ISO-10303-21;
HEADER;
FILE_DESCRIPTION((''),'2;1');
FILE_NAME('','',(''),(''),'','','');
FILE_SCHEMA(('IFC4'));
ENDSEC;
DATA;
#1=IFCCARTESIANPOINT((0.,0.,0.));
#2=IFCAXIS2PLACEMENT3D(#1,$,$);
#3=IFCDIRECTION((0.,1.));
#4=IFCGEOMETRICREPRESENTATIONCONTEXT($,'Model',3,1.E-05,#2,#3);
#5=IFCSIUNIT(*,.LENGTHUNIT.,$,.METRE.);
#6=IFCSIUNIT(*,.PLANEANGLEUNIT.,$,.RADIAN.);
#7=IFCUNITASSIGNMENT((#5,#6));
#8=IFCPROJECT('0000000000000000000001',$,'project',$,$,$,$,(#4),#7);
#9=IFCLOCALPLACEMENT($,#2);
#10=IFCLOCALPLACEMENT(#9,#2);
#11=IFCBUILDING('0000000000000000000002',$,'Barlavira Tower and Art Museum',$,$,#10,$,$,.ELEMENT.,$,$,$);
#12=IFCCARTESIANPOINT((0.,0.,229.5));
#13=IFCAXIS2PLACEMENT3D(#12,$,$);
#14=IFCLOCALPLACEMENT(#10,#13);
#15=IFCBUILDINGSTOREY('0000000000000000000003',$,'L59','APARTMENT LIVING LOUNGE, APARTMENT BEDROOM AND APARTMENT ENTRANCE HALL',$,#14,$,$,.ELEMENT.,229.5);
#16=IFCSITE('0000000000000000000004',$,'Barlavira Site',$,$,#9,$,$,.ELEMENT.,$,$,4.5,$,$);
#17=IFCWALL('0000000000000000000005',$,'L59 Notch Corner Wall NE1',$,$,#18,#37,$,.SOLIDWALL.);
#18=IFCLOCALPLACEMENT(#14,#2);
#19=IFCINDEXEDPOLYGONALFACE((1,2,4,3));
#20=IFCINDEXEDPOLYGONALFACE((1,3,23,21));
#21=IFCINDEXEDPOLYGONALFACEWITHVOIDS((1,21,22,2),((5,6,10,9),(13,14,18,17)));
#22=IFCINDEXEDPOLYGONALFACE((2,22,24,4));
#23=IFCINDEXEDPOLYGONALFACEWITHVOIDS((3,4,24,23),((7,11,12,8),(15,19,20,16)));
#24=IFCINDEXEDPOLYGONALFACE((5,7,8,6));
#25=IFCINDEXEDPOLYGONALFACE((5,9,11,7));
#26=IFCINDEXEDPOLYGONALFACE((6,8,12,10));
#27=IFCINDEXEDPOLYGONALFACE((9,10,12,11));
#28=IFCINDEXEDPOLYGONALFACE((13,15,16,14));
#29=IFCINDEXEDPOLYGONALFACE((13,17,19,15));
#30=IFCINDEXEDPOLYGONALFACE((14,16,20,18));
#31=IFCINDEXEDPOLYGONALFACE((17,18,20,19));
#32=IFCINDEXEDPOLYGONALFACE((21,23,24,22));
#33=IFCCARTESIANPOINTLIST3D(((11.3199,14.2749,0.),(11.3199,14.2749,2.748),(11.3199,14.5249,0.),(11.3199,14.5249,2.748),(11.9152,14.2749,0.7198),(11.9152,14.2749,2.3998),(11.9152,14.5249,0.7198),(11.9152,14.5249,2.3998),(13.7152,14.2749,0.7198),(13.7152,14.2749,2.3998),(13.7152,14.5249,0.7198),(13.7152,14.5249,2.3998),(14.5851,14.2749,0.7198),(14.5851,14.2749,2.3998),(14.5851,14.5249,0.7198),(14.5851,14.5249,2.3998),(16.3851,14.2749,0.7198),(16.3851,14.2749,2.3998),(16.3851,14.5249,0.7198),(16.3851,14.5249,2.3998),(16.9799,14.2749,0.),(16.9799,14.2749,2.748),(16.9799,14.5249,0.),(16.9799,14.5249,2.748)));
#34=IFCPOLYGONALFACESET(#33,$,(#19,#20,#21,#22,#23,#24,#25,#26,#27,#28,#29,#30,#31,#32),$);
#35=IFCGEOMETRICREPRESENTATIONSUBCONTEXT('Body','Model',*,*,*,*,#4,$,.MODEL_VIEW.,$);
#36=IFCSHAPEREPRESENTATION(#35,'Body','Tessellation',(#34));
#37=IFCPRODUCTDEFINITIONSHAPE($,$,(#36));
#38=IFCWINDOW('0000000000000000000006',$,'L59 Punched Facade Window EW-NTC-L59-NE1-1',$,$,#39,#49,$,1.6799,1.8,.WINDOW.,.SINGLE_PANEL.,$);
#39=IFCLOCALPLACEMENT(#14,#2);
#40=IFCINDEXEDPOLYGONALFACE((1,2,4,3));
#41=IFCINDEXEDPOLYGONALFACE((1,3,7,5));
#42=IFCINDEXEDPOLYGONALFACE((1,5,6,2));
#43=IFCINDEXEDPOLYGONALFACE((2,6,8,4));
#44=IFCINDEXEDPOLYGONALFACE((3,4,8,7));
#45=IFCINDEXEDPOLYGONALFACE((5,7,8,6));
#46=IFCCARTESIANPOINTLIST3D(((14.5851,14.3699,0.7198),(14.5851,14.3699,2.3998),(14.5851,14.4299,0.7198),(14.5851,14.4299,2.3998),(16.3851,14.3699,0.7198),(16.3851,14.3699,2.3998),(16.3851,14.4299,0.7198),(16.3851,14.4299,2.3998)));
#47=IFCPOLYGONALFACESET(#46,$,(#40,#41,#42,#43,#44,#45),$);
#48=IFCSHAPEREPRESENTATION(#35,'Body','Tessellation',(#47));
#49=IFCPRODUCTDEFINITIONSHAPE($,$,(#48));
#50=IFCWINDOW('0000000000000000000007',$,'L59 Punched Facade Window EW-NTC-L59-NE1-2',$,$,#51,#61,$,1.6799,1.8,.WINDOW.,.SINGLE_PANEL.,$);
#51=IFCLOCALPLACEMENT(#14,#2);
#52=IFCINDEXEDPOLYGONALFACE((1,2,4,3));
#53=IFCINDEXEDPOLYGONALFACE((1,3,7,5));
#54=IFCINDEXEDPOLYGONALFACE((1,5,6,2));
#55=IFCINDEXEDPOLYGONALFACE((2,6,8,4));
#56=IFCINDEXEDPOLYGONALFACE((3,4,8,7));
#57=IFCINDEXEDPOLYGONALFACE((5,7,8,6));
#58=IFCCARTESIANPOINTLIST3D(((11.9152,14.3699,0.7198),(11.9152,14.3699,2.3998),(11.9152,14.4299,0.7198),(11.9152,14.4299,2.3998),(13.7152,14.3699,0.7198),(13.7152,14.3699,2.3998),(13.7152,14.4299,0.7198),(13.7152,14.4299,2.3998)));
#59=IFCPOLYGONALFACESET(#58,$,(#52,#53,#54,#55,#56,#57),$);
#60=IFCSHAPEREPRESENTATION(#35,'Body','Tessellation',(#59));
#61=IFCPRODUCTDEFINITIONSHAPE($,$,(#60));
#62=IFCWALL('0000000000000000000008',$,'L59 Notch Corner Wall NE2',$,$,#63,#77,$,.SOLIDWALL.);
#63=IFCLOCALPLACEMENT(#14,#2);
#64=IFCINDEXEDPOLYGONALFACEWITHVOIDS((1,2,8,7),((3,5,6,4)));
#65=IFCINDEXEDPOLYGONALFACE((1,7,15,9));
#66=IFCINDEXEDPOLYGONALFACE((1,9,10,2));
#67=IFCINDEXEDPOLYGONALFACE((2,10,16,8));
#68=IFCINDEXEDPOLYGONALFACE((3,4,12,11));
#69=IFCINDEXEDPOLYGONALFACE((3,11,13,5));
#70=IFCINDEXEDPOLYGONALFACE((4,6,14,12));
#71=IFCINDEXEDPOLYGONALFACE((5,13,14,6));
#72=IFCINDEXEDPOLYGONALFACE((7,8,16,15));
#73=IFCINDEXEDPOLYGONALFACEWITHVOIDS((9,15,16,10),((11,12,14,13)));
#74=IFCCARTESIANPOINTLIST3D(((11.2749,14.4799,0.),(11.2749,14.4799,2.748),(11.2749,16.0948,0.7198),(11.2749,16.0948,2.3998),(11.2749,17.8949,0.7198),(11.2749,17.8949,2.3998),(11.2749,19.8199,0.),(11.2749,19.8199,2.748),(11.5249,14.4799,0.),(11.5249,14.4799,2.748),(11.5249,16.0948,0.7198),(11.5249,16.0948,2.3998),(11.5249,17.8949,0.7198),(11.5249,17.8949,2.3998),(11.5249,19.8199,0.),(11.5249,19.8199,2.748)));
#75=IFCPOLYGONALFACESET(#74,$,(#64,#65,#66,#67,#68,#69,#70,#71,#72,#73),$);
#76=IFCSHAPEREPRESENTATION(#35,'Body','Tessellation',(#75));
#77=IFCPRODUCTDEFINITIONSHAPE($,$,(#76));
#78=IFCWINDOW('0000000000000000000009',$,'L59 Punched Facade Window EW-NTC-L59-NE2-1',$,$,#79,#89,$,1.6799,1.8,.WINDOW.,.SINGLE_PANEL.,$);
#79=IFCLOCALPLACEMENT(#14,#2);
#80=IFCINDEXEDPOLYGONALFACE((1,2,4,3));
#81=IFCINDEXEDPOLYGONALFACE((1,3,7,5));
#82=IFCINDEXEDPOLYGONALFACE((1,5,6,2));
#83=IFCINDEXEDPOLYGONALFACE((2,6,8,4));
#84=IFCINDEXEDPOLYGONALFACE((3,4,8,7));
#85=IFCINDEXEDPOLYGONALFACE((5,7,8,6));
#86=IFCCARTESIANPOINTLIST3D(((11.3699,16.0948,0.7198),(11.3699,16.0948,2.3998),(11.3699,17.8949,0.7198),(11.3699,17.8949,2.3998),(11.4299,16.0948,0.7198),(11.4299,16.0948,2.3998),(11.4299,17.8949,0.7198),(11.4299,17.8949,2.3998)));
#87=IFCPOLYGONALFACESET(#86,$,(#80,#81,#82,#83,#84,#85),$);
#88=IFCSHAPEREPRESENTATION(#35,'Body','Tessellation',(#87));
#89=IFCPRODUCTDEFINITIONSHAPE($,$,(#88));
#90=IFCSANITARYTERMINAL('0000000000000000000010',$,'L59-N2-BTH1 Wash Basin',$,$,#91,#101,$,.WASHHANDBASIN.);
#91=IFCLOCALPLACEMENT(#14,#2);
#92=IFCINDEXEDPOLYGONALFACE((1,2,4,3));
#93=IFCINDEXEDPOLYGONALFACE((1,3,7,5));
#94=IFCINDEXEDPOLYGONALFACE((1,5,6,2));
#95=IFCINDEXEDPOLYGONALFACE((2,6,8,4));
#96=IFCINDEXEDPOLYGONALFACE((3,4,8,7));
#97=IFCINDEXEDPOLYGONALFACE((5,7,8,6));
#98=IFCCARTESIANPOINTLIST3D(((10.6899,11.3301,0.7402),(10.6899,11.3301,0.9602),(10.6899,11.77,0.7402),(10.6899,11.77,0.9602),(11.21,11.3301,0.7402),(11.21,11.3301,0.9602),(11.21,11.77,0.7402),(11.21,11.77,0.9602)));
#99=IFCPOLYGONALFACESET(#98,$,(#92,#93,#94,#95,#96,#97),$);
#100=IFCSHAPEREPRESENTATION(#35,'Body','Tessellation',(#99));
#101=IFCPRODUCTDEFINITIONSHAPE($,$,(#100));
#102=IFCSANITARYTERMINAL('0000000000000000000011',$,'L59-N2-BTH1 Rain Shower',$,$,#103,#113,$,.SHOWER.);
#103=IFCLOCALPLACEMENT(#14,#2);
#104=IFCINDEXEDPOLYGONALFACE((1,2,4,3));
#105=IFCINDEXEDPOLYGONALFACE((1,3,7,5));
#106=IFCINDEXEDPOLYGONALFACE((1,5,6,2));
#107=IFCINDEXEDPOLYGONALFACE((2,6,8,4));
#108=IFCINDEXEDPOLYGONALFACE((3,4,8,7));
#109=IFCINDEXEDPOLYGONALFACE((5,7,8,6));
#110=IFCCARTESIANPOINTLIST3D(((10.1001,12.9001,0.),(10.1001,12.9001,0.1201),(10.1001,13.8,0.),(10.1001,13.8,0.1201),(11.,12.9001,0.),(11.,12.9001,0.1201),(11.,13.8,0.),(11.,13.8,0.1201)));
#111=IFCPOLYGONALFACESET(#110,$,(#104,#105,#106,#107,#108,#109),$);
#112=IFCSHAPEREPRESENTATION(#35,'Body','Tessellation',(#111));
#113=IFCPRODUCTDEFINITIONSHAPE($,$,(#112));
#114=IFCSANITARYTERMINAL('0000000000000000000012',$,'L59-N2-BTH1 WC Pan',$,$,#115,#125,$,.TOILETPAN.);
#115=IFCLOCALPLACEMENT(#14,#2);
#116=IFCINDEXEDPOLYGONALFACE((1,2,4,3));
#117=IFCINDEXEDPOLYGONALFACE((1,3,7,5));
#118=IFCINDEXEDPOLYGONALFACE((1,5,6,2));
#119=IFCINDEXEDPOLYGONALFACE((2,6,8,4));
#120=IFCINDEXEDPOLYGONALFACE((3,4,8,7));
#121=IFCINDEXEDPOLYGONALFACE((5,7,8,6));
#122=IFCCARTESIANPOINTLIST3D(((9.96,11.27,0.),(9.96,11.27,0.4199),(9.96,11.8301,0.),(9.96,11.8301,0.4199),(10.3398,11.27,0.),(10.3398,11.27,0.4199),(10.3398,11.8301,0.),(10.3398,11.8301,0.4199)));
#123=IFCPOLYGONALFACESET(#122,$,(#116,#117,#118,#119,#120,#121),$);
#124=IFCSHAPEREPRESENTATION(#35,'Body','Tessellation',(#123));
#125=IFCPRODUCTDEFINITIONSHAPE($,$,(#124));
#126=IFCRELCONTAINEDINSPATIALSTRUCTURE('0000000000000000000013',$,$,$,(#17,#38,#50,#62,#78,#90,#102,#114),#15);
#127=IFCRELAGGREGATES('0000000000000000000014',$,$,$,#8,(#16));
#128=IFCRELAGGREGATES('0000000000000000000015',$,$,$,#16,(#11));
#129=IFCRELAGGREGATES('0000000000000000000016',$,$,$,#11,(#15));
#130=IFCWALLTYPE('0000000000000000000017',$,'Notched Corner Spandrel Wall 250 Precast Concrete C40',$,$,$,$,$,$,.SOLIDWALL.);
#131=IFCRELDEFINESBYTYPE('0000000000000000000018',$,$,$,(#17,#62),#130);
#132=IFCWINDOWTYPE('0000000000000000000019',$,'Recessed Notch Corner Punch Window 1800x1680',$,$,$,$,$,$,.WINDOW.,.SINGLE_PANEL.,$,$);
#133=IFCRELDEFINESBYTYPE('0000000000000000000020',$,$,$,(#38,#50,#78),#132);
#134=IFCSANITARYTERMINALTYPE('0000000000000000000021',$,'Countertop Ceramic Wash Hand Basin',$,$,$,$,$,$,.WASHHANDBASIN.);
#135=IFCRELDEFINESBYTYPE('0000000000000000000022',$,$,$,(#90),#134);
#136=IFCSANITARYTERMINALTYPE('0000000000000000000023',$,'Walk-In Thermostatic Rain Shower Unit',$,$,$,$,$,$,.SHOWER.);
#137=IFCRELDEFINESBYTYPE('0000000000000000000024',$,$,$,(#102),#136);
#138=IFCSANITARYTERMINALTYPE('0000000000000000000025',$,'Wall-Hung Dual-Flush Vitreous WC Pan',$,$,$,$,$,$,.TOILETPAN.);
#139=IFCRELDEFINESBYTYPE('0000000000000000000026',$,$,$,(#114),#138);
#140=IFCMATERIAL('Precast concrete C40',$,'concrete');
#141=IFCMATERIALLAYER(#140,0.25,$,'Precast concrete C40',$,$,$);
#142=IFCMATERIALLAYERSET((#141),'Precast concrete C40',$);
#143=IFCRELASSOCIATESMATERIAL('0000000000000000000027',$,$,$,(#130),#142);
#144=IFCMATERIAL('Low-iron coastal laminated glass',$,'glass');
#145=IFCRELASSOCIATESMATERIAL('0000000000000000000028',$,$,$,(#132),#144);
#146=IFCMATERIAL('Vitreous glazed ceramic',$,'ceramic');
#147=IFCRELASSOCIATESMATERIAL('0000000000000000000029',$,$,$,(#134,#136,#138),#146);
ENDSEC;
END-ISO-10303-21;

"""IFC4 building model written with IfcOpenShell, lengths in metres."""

from ifc_helpers import new_model, si_unit, direction, frame, frame_2d, origin, origin_2d, place, context, subcontext, project, spatial, rectangle, extrude, material, layer, layer_set, type_object, element, fill, save


model = new_model("IFC4")

# Units and contexts
model_context = context("Model", 3, precision=1e-05, world=origin(), true_north=direction((0.0, 1.0)))
body_context = subcontext(model_context, "Body", "Model", "MODEL_VIEW")
ifc_project = project(units=[si_unit("LENGTHUNIT", "METRE"), si_unit("PLANEANGLEUNIT", "RADIAN")], contexts=[model_context])

# Site, building, storey
site_placement = place(None, origin())
site = spatial("IfcSite", under=ifc_project, at=site_placement, Name="Barlavira Site", CompositionType="ELEMENT", RefElevation=4.5)
building_placement = place(site_placement, origin())
building = spatial("IfcBuilding", under=site, at=building_placement, Name="Barlavira Tower and Art Museum", CompositionType="ELEMENT")
storey_placement = place(building_placement, frame((0.0, 0.0, 229.5)))
storey = spatial("IfcBuildingStorey", under=building, at=storey_placement, Name="L59", Description="APARTMENT LIVING LOUNGE, APARTMENT BEDROOM AND APARTMENT ENTRANCE HALL", CompositionType="ELEMENT", Elevation=229.5)

# Shared definitions
ifc_material_1 = material(Name="Precast concrete C40", Category="concrete")
ifc_layer_1 = layer(ifc_material_1, 0.25, Name="Precast concrete C40")
ifc_layer_set_1 = layer_set([ifc_layer_1], Name="Precast concrete C40")
wall_type_1 = type_object("IfcWallType", Name="Notched Corner Spandrel Wall 250 Precast Concrete C40", PredefinedType="SOLIDWALL", material=ifc_layer_set_1)
ifc_material_2 = material(Name="Low-iron coastal laminated glass", Category="glass")

# Wall, openings, windows
wall_1_placement = place(storey_placement, frame((16.98, 14.3999, 0.0), z_axis=(0.0, 0.0, 1.0), x_axis=(-1.0, 0.0, 0.0)))
wall_1 = element("IfcWall", 1, at=wall_1_placement, inside=storey, type_object=wall_type_1, Name="L59 Notch Corner Wall NE1", PredefinedType="SOLIDWALL", context=body_context, shape_type="SweptSolid", body=[
    extrude(rectangle(XDim=5.6599, YDim=0.25, at=frame_2d((2.8301, 0.0))), origin(), (0.0, 0.0, 1.0), 2.748),
])
opening_1_placement = place(wall_1_placement, frame((0.595, 0.0, 0.72)))
opening_1 = element("IfcOpeningElement", 2, at=opening_1_placement, cuts=wall_1, PredefinedType="OPENING", context=body_context, shape_type="SweptSolid", body=[
    extrude(rectangle(XDim=1.8, YDim=1.6799, at=frame_2d((0.8999, 0.8398))), frame((0.0, 0.135, 0.0), z_axis=(0.0, -1.0, 0.0), x_axis=(1.0, 0.0, 0.0)), (0.0, 0.0, 1.0), 0.27),
])
opening_2_placement = place(wall_1_placement, frame((3.2649, 0.0, 0.72)))
opening_2 = element("IfcOpeningElement", 3, at=opening_2_placement, cuts=wall_1, PredefinedType="OPENING", context=body_context, shape_type="SweptSolid", body=[
    extrude(rectangle(XDim=1.8, YDim=1.6799, at=frame_2d((0.8999, 0.8398))), frame((0.0, 0.135, 0.0), z_axis=(0.0, -1.0, 0.0), x_axis=(1.0, 0.0, 0.0)), (0.0, 0.0, 1.0), 0.27),
])
window_type_1 = type_object("IfcWindowType", Name="Recessed Notch Corner Punch Window 1800x1680", PartitioningType="SINGLE_PANEL", PredefinedType="WINDOW", material=ifc_material_2)
window_1_placement = place(opening_1_placement, origin())
window_1 = element("IfcWindow", 4, at=window_1_placement, inside=storey, type_object=window_type_1, Name="L59 Punched Facade Window EW-NTC-L59-NE1-1", OverallHeight=1.6799, OverallWidth=1.8, PartitioningType="SINGLE_PANEL", PredefinedType="WINDOW", context=body_context, shape_type="SweptSolid", body=[
    extrude(rectangle(XDim=1.8, YDim=1.6799, at=frame_2d((0.8999, 0.8398))), frame((0.0, 0.03, 0.0), z_axis=(0.0, -1.0, 0.0), x_axis=(1.0, 0.0, 0.0)), (0.0, 0.0, 1.0), 0.0601),
])
fill(opening_1, window_1)
window_2_placement = place(opening_2_placement, origin())
window_2 = element("IfcWindow", 5, at=window_2_placement, inside=storey, type_object=window_type_1, Name="L59 Punched Facade Window EW-NTC-L59-NE1-2", OverallHeight=1.6799, OverallWidth=1.8, PartitioningType="SINGLE_PANEL", PredefinedType="WINDOW", context=body_context, shape_type="SweptSolid", body=[
    extrude(rectangle(XDim=1.8, YDim=1.6799, at=frame_2d((0.8999, 0.8398))), frame((0.0, 0.03, 0.0), z_axis=(0.0, -1.0, 0.0), x_axis=(1.0, 0.0, 0.0)), (0.0, 0.0, 1.0), 0.0601),
])
fill(opening_2, window_2)

# Wall, opening, window
wall_2_placement = place(storey_placement, frame((11.3999, 14.48, 0.0), z_axis=(0.0, 0.0, 1.0), x_axis=(0.0, 1.0, 0.0)))
wall_2 = element("IfcWall", 6, at=wall_2_placement, inside=storey, type_object=wall_type_1, Name="L59 Notch Corner Wall NE2", PredefinedType="SOLIDWALL", context=body_context, shape_type="SweptSolid", body=[
    extrude(rectangle(XDim=5.3401, YDim=0.25, at=frame_2d((2.6699, 0.0))), origin(), (0.0, 0.0, 1.0), 2.748),
])
opening_3_placement = place(wall_2_placement, frame((1.615, 0.0, 0.72)))
opening_3 = element("IfcOpeningElement", 7, at=opening_3_placement, cuts=wall_2, PredefinedType="OPENING", context=body_context, shape_type="SweptSolid", body=[
    extrude(rectangle(XDim=1.8, YDim=1.6799, at=frame_2d((0.8999, 0.8398))), frame((0.0, 0.135, 0.0), z_axis=(0.0, -1.0, 0.0), x_axis=(1.0, 0.0, 0.0)), (0.0, 0.0, 1.0), 0.27),
])
window_3_placement = place(opening_3_placement, origin())
window_3 = element("IfcWindow", 8, at=window_3_placement, inside=storey, type_object=window_type_1, Name="L59 Punched Facade Window EW-NTC-L59-NE2-1", OverallHeight=1.6799, OverallWidth=1.8, PartitioningType="SINGLE_PANEL", PredefinedType="WINDOW", context=body_context, shape_type="SweptSolid", body=[
    extrude(rectangle(XDim=1.8, YDim=1.6799, at=frame_2d((0.8999, 0.8398))), frame((0.0, 0.03, 0.0), z_axis=(0.0, -1.0, 0.0), x_axis=(1.0, 0.0, 0.0)), (0.0, 0.0, 1.0), 0.0601),
])
fill(opening_3, window_3)

# Sanitary terminals
ifc_material_3 = material(Name="Vitreous glazed ceramic", Category="ceramic")
sanitary_terminal_type_1 = type_object("IfcSanitaryTerminalType", Name="Countertop Ceramic Wash Hand Basin", PredefinedType="WASHHANDBASIN", material=ifc_material_3)
sanitary_terminal_1_placement = place(storey_placement, frame((10.95, 11.55, 0.7402), z_axis=(0.0, 0.0, 1.0), x_axis=(1.0, 0.0, 0.0)))
element("IfcSanitaryTerminal", 9, at=sanitary_terminal_1_placement, inside=storey, type_object=sanitary_terminal_type_1, Name="L59-N2-BTH1 Wash Basin", PredefinedType="WASHHANDBASIN", context=body_context, shape_type="SweptSolid", body=[
    extrude(rectangle(XDim=0.52, YDim=0.4399, at=origin_2d()), origin(), (0.0, 0.0, 1.0), 0.22),
])
sanitary_terminal_type_2 = type_object("IfcSanitaryTerminalType", Name="Walk-In Thermostatic Rain Shower Unit", PredefinedType="SHOWER", material=ifc_material_3)
sanitary_terminal_2_placement = place(storey_placement, frame((10.55, 13.3501, 0.0), z_axis=(0.0, 0.0, 1.0), x_axis=(1.0, 0.0, 0.0)))
element("IfcSanitaryTerminal", 10, at=sanitary_terminal_2_placement, inside=storey, type_object=sanitary_terminal_type_2, Name="L59-N2-BTH1 Rain Shower", PredefinedType="SHOWER", context=body_context, shape_type="SweptSolid", body=[
    extrude(rectangle(XDim=0.8999, YDim=0.8999, at=origin_2d()), origin(), (0.0, 0.0, 1.0), 0.1201),
])
sanitary_terminal_type_3 = type_object("IfcSanitaryTerminalType", Name="Wall-Hung Dual-Flush Vitreous WC Pan", PredefinedType="TOILETPAN", material=ifc_material_3)
sanitary_terminal_3_placement = place(storey_placement, frame((10.1499, 11.55, 0.0), z_axis=(0.0, 0.0, 1.0), x_axis=(1.0, 0.0, 0.0)))
element("IfcSanitaryTerminal", 11, at=sanitary_terminal_3_placement, inside=storey, type_object=sanitary_terminal_type_3, Name="L59-N2-BTH1 WC Pan", PredefinedType="TOILETPAN", context=body_context, shape_type="SweptSolid", body=[
    extrude(rectangle(XDim=0.3799, YDim=0.5601, at=origin_2d()), origin(), (0.0, 0.0, 1.0), 0.4199),
])

save(model, "model.ifc")
